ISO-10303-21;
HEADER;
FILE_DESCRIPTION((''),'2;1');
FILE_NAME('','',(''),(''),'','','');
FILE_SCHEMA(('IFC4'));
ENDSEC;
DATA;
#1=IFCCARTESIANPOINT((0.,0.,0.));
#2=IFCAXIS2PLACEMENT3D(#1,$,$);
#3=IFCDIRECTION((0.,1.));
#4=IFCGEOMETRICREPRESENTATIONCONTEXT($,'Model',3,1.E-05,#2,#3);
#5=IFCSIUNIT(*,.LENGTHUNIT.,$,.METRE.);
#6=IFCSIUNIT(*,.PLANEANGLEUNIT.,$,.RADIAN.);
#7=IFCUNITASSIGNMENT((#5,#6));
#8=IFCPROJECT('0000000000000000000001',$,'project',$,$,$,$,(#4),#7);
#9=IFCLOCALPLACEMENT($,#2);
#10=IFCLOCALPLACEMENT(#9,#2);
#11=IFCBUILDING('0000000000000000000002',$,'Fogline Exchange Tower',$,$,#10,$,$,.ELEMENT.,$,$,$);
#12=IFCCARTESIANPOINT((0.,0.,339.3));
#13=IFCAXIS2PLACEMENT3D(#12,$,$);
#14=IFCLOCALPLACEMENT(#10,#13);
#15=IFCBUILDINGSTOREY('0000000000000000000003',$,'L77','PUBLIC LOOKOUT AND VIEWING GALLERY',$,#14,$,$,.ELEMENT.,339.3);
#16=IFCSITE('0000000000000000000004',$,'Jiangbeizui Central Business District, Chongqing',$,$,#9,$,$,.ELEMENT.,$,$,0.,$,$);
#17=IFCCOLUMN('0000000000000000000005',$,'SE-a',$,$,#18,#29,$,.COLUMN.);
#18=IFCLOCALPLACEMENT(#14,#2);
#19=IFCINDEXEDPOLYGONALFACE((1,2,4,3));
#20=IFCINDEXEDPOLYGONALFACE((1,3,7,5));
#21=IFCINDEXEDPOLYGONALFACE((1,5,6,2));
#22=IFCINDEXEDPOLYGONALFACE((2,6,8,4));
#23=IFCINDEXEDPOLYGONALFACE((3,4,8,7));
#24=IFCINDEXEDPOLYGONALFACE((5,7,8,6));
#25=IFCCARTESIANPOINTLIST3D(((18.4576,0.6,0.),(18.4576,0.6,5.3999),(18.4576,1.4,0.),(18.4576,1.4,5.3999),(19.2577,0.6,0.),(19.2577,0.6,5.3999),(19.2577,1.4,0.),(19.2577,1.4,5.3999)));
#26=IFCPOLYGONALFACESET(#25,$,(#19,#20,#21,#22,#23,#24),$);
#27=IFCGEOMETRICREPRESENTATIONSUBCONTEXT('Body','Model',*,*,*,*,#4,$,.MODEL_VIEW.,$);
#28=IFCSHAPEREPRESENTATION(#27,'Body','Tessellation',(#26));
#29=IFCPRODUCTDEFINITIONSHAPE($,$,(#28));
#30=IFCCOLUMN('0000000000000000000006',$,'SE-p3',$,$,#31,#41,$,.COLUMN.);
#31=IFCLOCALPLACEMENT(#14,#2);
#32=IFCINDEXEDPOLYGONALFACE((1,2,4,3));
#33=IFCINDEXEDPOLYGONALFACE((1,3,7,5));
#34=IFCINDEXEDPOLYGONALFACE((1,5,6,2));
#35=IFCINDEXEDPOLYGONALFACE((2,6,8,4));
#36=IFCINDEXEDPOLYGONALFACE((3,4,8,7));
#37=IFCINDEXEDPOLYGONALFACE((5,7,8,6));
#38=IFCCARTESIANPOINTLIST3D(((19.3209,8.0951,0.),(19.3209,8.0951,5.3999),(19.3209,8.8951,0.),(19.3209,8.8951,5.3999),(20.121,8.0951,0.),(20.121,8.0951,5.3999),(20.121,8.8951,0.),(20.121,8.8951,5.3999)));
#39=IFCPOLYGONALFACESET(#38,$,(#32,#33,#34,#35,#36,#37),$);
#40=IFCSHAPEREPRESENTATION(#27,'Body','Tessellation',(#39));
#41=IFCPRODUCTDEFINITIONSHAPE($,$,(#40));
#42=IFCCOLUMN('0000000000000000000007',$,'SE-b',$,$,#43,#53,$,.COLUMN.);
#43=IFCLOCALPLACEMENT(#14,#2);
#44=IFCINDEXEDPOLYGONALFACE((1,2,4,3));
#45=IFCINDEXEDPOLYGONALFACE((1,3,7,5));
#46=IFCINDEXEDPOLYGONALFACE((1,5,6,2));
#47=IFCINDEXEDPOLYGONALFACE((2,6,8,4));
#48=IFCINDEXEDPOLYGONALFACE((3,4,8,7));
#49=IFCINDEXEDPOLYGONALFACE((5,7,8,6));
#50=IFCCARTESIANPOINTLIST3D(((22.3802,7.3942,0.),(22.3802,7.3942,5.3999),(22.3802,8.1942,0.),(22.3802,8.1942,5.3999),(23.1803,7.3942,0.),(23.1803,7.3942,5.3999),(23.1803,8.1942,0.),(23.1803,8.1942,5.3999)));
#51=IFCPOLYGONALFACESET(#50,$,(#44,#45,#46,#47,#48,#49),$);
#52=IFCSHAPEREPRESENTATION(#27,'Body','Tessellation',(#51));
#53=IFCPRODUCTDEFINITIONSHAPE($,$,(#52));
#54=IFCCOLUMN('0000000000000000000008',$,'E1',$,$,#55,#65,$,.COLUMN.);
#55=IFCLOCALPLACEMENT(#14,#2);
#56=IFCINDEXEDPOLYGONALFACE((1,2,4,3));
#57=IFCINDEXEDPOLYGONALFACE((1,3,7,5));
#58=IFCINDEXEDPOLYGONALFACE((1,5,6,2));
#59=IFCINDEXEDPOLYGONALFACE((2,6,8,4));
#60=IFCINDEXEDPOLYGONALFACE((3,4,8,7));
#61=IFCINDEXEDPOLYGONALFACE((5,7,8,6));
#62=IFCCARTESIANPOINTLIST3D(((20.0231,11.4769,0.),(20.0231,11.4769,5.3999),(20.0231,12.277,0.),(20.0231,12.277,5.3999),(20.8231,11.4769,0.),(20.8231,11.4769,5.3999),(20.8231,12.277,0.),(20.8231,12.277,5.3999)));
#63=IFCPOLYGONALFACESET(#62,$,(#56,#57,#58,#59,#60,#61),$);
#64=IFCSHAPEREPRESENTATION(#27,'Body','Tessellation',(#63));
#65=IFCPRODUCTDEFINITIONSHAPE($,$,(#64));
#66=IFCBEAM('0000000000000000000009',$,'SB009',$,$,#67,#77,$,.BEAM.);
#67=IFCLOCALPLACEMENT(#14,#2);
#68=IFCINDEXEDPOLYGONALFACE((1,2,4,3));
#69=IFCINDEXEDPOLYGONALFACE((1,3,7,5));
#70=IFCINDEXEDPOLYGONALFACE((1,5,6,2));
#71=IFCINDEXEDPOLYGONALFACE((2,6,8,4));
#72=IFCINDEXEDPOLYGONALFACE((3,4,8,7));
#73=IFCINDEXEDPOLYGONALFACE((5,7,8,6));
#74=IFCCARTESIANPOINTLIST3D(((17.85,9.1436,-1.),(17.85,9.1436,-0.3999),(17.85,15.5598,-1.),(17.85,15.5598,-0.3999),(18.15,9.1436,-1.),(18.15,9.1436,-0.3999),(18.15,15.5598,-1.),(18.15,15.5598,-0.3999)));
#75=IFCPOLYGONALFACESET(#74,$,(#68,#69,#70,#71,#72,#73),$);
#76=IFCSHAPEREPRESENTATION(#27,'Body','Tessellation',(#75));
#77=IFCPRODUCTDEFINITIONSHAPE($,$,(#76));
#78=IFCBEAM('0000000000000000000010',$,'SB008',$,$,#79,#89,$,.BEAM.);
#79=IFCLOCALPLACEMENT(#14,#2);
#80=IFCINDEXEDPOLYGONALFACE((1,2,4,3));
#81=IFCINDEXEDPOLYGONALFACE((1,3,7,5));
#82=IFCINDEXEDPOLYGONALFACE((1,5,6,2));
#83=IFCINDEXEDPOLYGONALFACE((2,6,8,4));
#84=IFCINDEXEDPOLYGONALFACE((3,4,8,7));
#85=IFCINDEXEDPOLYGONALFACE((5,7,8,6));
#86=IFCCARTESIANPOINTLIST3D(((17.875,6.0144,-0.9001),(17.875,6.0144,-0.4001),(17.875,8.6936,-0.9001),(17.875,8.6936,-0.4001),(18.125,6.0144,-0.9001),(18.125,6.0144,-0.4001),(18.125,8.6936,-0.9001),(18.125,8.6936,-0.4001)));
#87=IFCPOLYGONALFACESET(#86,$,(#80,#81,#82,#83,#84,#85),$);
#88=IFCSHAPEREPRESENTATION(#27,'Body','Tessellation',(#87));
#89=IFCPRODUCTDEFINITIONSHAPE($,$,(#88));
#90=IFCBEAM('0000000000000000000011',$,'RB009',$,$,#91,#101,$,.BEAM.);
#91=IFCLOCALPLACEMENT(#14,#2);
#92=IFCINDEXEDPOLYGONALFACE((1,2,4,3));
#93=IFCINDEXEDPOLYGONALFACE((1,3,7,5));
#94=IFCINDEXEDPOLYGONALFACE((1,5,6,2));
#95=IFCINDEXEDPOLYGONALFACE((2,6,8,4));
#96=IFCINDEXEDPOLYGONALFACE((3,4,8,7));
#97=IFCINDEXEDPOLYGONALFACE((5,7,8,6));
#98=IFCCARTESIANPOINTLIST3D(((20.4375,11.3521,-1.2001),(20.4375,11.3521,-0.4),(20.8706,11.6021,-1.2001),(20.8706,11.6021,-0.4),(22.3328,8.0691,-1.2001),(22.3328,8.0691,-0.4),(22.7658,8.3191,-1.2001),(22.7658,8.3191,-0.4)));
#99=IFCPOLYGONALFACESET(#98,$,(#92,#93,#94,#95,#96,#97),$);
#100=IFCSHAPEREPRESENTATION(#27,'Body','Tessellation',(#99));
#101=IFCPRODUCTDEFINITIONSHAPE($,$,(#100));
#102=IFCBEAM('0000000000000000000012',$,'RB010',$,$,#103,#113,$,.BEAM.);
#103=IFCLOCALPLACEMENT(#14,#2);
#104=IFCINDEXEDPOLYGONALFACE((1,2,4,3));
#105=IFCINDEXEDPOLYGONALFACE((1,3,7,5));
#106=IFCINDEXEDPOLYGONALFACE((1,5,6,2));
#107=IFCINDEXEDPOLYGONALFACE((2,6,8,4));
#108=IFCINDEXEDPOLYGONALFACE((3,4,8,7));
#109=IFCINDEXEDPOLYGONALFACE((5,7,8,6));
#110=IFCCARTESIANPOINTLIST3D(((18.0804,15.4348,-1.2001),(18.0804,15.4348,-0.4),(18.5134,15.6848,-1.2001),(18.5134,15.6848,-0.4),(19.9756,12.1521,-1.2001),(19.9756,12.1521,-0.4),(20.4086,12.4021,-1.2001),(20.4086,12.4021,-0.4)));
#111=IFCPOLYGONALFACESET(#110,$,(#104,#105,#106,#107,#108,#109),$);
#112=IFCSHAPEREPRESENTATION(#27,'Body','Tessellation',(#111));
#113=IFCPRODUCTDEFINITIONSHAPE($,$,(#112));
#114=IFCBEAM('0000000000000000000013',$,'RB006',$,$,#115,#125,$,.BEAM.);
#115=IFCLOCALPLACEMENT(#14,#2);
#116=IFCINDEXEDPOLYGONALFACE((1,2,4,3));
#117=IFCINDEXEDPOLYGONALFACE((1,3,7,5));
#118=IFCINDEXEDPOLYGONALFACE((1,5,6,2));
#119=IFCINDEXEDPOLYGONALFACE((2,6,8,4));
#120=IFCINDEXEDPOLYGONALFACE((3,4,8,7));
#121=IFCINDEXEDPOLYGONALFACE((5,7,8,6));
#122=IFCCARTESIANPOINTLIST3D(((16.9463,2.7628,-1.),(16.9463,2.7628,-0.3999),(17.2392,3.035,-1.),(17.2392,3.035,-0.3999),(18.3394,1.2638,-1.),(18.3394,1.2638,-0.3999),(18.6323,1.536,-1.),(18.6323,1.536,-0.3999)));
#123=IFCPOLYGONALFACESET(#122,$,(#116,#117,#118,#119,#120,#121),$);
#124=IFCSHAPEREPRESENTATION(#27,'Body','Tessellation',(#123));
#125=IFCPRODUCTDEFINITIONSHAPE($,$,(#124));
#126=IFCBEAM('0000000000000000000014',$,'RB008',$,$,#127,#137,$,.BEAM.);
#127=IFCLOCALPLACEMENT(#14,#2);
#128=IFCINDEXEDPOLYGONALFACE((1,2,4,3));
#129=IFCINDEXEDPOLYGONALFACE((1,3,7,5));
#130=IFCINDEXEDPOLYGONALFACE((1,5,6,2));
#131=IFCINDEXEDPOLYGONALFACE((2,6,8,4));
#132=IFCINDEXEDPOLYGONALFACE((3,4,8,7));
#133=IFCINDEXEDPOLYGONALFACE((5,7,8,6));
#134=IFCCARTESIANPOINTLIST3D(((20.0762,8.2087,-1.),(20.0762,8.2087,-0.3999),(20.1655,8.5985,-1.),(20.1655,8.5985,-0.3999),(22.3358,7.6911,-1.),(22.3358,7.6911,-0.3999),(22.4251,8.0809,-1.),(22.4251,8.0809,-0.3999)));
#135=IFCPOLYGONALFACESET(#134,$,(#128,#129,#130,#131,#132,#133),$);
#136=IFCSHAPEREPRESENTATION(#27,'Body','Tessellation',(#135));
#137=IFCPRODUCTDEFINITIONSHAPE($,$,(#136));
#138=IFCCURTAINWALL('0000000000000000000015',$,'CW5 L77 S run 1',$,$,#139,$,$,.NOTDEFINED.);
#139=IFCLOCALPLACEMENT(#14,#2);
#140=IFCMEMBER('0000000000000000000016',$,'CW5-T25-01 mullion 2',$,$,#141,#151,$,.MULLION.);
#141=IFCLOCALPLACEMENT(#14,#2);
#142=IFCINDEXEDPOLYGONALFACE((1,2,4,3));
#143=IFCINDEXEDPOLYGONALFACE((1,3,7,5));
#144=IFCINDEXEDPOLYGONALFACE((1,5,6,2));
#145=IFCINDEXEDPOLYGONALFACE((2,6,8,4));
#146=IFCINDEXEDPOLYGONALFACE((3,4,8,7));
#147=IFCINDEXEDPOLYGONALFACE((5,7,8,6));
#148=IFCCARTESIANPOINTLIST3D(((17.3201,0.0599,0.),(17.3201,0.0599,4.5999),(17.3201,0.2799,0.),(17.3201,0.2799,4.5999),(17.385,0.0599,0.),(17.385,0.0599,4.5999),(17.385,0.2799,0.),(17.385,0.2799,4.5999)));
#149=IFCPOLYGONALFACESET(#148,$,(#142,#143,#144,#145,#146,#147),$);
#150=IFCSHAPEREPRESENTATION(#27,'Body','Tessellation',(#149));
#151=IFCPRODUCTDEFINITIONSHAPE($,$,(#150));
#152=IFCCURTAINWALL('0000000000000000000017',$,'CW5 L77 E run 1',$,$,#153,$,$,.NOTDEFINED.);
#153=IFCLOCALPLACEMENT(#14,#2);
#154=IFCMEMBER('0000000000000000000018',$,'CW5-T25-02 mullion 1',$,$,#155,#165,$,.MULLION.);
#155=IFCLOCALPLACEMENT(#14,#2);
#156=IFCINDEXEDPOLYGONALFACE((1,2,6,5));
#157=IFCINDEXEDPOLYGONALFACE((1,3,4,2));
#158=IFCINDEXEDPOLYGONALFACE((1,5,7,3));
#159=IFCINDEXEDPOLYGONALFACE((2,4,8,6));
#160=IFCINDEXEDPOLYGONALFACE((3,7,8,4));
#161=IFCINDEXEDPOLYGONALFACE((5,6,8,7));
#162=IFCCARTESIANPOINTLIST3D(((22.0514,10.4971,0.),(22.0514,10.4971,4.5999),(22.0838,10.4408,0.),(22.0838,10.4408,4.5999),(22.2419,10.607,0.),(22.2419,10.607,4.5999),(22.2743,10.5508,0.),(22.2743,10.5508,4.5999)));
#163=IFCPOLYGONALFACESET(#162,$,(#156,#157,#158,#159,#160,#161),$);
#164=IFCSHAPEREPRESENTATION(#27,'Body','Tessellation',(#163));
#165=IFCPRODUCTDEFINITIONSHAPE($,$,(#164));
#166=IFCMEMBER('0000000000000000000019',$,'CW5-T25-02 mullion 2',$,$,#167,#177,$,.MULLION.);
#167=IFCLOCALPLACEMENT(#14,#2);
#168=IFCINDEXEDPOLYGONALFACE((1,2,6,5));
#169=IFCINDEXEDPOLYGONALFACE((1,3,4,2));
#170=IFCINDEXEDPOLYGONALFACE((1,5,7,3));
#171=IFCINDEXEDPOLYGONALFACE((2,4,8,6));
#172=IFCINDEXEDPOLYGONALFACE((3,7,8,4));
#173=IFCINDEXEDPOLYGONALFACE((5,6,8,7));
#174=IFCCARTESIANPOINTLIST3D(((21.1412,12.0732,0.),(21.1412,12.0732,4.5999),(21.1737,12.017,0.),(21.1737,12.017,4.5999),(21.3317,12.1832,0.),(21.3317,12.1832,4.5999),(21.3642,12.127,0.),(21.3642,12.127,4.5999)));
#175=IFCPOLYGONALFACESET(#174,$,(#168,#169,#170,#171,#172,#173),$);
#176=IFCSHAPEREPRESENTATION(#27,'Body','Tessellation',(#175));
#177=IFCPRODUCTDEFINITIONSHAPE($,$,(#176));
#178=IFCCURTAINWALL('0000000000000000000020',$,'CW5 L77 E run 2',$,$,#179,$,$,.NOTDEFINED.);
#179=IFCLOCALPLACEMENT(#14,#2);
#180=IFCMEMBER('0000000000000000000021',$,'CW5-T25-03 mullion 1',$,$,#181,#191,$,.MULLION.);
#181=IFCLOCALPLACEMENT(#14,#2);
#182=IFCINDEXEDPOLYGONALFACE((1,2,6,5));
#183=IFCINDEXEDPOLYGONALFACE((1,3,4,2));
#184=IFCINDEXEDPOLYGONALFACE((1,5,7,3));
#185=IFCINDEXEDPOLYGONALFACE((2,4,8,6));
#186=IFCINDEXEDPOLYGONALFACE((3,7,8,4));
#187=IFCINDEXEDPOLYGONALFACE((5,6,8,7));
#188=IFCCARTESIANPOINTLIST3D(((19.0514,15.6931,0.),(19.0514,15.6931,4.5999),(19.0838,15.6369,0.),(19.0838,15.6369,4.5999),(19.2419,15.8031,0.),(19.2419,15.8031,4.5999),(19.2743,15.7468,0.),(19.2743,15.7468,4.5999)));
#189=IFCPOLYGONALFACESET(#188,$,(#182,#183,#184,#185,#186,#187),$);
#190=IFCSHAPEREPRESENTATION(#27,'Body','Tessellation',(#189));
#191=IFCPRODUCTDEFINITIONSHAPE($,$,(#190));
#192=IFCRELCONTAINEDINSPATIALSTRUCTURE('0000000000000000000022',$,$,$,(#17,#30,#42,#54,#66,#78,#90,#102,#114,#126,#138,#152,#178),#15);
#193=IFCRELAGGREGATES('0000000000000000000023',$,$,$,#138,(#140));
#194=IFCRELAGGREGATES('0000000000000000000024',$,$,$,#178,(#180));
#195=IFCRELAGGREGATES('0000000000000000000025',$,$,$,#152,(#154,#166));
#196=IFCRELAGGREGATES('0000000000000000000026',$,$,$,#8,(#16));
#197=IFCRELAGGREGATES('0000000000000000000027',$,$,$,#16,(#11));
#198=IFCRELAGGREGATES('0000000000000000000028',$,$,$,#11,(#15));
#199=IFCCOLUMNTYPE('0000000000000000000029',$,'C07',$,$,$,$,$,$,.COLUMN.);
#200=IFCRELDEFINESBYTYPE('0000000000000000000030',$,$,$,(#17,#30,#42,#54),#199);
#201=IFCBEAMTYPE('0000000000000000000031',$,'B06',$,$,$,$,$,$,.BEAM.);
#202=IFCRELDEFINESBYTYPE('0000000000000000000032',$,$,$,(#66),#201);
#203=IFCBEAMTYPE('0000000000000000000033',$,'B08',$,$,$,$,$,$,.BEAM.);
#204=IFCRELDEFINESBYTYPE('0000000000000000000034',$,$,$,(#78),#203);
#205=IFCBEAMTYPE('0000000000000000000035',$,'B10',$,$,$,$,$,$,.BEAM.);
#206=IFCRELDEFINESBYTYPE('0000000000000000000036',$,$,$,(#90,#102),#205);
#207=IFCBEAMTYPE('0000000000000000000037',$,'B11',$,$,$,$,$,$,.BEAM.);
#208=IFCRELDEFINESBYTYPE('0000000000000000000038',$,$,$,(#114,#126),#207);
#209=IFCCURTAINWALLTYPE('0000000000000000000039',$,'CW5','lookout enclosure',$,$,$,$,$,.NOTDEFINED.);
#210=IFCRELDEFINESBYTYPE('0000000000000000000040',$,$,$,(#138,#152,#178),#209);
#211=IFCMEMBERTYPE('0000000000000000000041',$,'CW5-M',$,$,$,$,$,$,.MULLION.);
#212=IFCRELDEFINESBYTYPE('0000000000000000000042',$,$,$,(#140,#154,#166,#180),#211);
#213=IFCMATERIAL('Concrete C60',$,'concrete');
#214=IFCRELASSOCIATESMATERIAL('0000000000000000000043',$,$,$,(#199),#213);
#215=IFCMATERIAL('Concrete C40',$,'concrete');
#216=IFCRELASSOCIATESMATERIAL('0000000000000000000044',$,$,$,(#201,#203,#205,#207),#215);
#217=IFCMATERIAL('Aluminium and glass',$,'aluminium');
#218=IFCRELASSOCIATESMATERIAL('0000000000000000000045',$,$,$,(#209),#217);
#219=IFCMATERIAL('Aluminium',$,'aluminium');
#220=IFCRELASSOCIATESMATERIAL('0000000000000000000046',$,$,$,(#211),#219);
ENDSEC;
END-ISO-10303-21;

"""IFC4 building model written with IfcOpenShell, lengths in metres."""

from ifc_helpers import new_model, si_unit, direction, frame, origin, origin_2d, place, context, subcontext, project, spatial, rectangle, extrude, material, material_profile, profile_set, type_object, element, aggregate, save


model = new_model("IFC4")

# Units and contexts
model_context = context("Model", 3, precision=1e-05, world=origin(), true_north=direction((0.0, 1.0)))
body_context = subcontext(model_context, "Body", "Model", "MODEL_VIEW")
ifc_project = project(units=[si_unit("LENGTHUNIT", "METRE"), si_unit("PLANEANGLEUNIT", "RADIAN")], contexts=[model_context])

# Site, building, storey
site_placement = place(None, origin())
site = spatial("IfcSite", under=ifc_project, at=site_placement, Name="Jiangbeizui Central Business District, Chongqing", CompositionType="ELEMENT", RefElevation=0.0)
building_placement = place(site_placement, origin())
building = spatial("IfcBuilding", under=site, at=building_placement, Name="Fogline Exchange Tower", CompositionType="ELEMENT")
storey_placement = place(building_placement, frame((0.0, 0.0, 339.3)))
storey = spatial("IfcBuildingStorey", under=building, at=storey_placement, Name="L77", Description="PUBLIC LOOKOUT AND VIEWING GALLERY", CompositionType="ELEMENT", Elevation=339.3)

# Columns
ifc_material_1 = material(Name="Concrete C60", Category="concrete")
ifc_material_profile_1 = material_profile(ifc_material_1, rectangle(XDim=0.8, YDim=0.8, at=origin_2d()), Name="RC 800x800")
ifc_profile_set_1 = profile_set([ifc_material_profile_1], Name="Concrete C60")
column_type = type_object("IfcColumnType", Name="C07", PredefinedType="COLUMN", material=ifc_profile_set_1)
for number, where, z_axis, x_axis, name in (
    (1, (18.8577, 1.0, 0.0), (0.0, 0.0, 1.0), (1.0, 0.0, 0.0), "SE-a"),
    (2, (19.7209, 8.4951, 0.0), (0.0, 0.0, 1.0), (1.0, 0.0, 0.0), "SE-p3"),
    (3, (22.7803, 7.7942, 0.0), (0.0, 0.0, 1.0), (1.0, 0.0, 0.0), "SE-b"),
    (4, (20.4231, 11.877, 0.0), (0.0, 0.0, 1.0), (1.0, 0.0, 0.0), "E1"),
):
    element("IfcColumn", number, at=place(storey_placement, frame(where, z_axis=z_axis, x_axis=x_axis)), inside=storey, type_object=column_type, Name=name, PredefinedType="COLUMN", context=body_context, shape_type="SweptSolid", body=[
        extrude(rectangle(XDim=0.8, YDim=0.8, at=origin_2d()), origin(), (0.0, 0.0, 1.0), 5.3999),
    ])

# Beams
ifc_material_2 = material(Name="Concrete C40", Category="concrete")
ifc_material_profile_2 = material_profile(ifc_material_2, rectangle(XDim=0.3, YDim=0.6001, at=origin_2d()), Name="RC 300x600")
ifc_profile_set_2 = profile_set([ifc_material_profile_2], Name="Concrete C40")
beam_type_1 = type_object("IfcBeamType", Name="B06", PredefinedType="BEAM", material=ifc_profile_set_2)
beam_1_placement = place(storey_placement, frame((18.0, 9.1436, -0.7), z_axis=(0.0, 1.0, 0.0), x_axis=(-1.0, 0.0, 0.0)))
element("IfcBeam", 5, at=beam_1_placement, inside=storey, type_object=beam_type_1, Name="SB009", PredefinedType="BEAM", context=body_context, shape_type="SweptSolid", body=[
    extrude(rectangle(XDim=0.3, YDim=0.6001, at=origin_2d()), origin(), (0.0, 0.0, 1.0), 6.4163),
])
ifc_material_profile_3 = material_profile(ifc_material_2, rectangle(XDim=0.25, YDim=0.5, at=origin_2d()), Name="RC 250x500")
ifc_profile_set_3 = profile_set([ifc_material_profile_3], Name="Concrete C40")
beam_type_2 = type_object("IfcBeamType", Name="B08", PredefinedType="BEAM", material=ifc_profile_set_3)
beam_2_placement = place(storey_placement, frame((18.0, 6.0144, -0.6501), z_axis=(0.0, 1.0, 0.0), x_axis=(-1.0, 0.0, 0.0)))
element("IfcBeam", 6, at=beam_2_placement, inside=storey, type_object=beam_type_2, Name="SB008", PredefinedType="BEAM", context=body_context, shape_type="SweptSolid", body=[
    extrude(rectangle(XDim=0.25, YDim=0.5, at=origin_2d()), origin(), (0.0, 0.0, 1.0), 2.6792),
])
ifc_material_profile_4 = material_profile(ifc_material_2, rectangle(XDim=0.5, YDim=0.8, at=origin_2d()), Name="RC 500x800")
ifc_profile_set_4 = profile_set([ifc_material_profile_4], Name="Concrete C40")
beam_type_3 = type_object("IfcBeamType", Name="B10", PredefinedType="BEAM", material=ifc_profile_set_4)
beam_3_placement = place(storey_placement, frame((22.5493, 8.1941, -0.8), z_axis=(-0.49997, 0.866043, 0.0), x_axis=(-0.866043, -0.49997, 0.0)))
element("IfcBeam", 7, at=beam_3_placement, inside=storey, type_object=beam_type_3, Name="RB009", PredefinedType="BEAM", context=body_context, shape_type="SweptSolid", body=[
    extrude(rectangle(XDim=0.5, YDim=0.8, at=origin_2d()), origin(), (0.0, 0.0, 1.0), 3.7908),
])
beam_4_placement = place(storey_placement, frame((20.1921, 12.2771, -0.8), z_axis=(-0.499998, 0.866027, 0.0), x_axis=(-0.866027, -0.499998, 0.0)))
element("IfcBeam", 8, at=beam_4_placement, inside=storey, type_object=beam_type_3, Name="RB010", PredefinedType="BEAM", context=body_context, shape_type="SweptSolid", body=[
    extrude(rectangle(XDim=0.5, YDim=0.8, at=origin_2d()), origin(), (0.0, 0.0, 1.0), 3.7905),
])
ifc_material_profile_5 = material_profile(ifc_material_2, rectangle(XDim=0.3999, YDim=0.6001, at=origin_2d()), Name="RC 400x600")
ifc_profile_set_5 = profile_set([ifc_material_profile_5], Name="Concrete C40")
beam_type_4 = type_object("IfcBeamType", Name="B11", PredefinedType="BEAM", material=ifc_profile_set_5)
beam_5_placement = place(storey_placement, frame((18.4858, 1.3999, -0.7), z_axis=(-0.680744, 0.732521, 0.0), x_axis=(-0.732521, -0.680744, 0.0)))
element("IfcBeam", 9, at=beam_5_placement, inside=storey, type_object=beam_type_4, Name="RB006", PredefinedType="BEAM", context=body_context, shape_type="SweptSolid", body=[
    extrude(rectangle(XDim=0.3999, YDim=0.6001, at=origin_2d()), origin(), (0.0, 0.0, 1.0), 2.0464),
])
beam_6_placement = place(storey_placement, frame((20.1208, 8.4036, -0.7), z_axis=(0.974754, -0.223282, 0.0), x_axis=(0.223282, 0.974754, 0.0)))
element("IfcBeam", 10, at=beam_6_placement, inside=storey, type_object=beam_type_4, Name="RB008", PredefinedType="BEAM", context=body_context, shape_type="SweptSolid", body=[
    extrude(rectangle(XDim=0.3999, YDim=0.6001, at=origin_2d()), origin(), (0.0, 0.0, 1.0), 2.3181),
])

# Curtain wall, member
ifc_material_3 = material(Name="Aluminium and glass", Category="aluminium")
curtain_wall_type = type_object("IfcCurtainWallType", Name="CW5", Description="lookout enclosure", PredefinedType="NOTDEFINED", material=ifc_material_3)
curtain_wall_1_placement = place(storey_placement, origin())
curtain_wall_1 = element("IfcCurtainWall", 11, at=curtain_wall_1_placement, inside=storey, type_object=curtain_wall_type, Name="CW5 L77 S run 1", PredefinedType="NOTDEFINED")
ifc_material_4 = material(Name="Aluminium", Category="aluminium")
ifc_material_profile_6 = material_profile(ifc_material_4, rectangle(XDim=0.22, YDim=0.0649, at=origin_2d()), Name="Mullion 65x220")
ifc_profile_set_6 = profile_set([ifc_material_profile_6], Name="Aluminium")
member_type_1 = type_object("IfcMemberType", Name="CW5-M", PredefinedType="MULLION", material=ifc_profile_set_6)
member_1_placement = place(storey_placement, frame((17.3525, 0.1699, 0.0), z_axis=(0.0, 0.0, 1.0), x_axis=(0.0, 1.0, 0.0)))
member_1 = element("IfcMember", 12, at=member_1_placement, type_object=member_type_1, Name="CW5-T25-01 mullion 2", PredefinedType="MULLION", context=body_context, shape_type="SweptSolid", body=[
    extrude(rectangle(XDim=0.22, YDim=0.0649, at=origin_2d()), origin(), (0.0, 0.0, 1.0), 4.5999),
])
aggregate(curtain_wall_1, [member_1])

# Curtain wall, members
curtain_wall_2_placement = place(storey_placement, origin())
curtain_wall_2 = element("IfcCurtainWall", 13, at=curtain_wall_2_placement, inside=storey, type_object=curtain_wall_type, Name="CW5 L77 E run 1", PredefinedType="NOTDEFINED")
member_2_placement = place(storey_placement, frame((22.1628, 10.5239, 0.0), z_axis=(0.0, 0.0, 1.0), x_axis=(-0.866026, -0.5, 0.0)))
member_2 = element("IfcMember", 14, at=member_2_placement, type_object=member_type_1, Name="CW5-T25-02 mullion 1", PredefinedType="MULLION", context=body_context, shape_type="SweptSolid", body=[
    extrude(rectangle(XDim=0.22, YDim=0.0649, at=origin_2d()), origin(), (0.0, 0.0, 1.0), 4.5999),
])
member_3_placement = place(storey_placement, frame((21.2527, 12.1001, 0.0), z_axis=(0.0, 0.0, 1.0), x_axis=(-0.866026, -0.5, 0.0)))
member_3 = element("IfcMember", 15, at=member_3_placement, type_object=member_type_1, Name="CW5-T25-02 mullion 2", PredefinedType="MULLION", context=body_context, shape_type="SweptSolid", body=[
    extrude(rectangle(XDim=0.22, YDim=0.0649, at=origin_2d()), origin(), (0.0, 0.0, 1.0), 4.5999),
])

# Curtain wall, member
curtain_wall_3_placement = place(storey_placement, origin())
curtain_wall_3 = element("IfcCurtainWall", 16, at=curtain_wall_3_placement, inside=storey, type_object=curtain_wall_type, Name="CW5 L77 E run 2", PredefinedType="NOTDEFINED")
member_4_placement = place(storey_placement, frame((19.1628, 15.72, 0.0), z_axis=(0.0, 0.0, 1.0), x_axis=(-0.866025, -0.5, 0.0)))
member_4 = element("IfcMember", 17, at=member_4_placement, type_object=member_type_1, Name="CW5-T25-03 mullion 1", PredefinedType="MULLION", context=body_context, shape_type="SweptSolid", body=[
    extrude(rectangle(XDim=0.22, YDim=0.0649, at=origin_2d()), origin(), (0.0, 0.0, 1.0), 4.5999),
])

aggregate(curtain_wall_3, [member_4])

aggregate(curtain_wall_2, [member_2, member_3])

save(model, "model.ifc")
